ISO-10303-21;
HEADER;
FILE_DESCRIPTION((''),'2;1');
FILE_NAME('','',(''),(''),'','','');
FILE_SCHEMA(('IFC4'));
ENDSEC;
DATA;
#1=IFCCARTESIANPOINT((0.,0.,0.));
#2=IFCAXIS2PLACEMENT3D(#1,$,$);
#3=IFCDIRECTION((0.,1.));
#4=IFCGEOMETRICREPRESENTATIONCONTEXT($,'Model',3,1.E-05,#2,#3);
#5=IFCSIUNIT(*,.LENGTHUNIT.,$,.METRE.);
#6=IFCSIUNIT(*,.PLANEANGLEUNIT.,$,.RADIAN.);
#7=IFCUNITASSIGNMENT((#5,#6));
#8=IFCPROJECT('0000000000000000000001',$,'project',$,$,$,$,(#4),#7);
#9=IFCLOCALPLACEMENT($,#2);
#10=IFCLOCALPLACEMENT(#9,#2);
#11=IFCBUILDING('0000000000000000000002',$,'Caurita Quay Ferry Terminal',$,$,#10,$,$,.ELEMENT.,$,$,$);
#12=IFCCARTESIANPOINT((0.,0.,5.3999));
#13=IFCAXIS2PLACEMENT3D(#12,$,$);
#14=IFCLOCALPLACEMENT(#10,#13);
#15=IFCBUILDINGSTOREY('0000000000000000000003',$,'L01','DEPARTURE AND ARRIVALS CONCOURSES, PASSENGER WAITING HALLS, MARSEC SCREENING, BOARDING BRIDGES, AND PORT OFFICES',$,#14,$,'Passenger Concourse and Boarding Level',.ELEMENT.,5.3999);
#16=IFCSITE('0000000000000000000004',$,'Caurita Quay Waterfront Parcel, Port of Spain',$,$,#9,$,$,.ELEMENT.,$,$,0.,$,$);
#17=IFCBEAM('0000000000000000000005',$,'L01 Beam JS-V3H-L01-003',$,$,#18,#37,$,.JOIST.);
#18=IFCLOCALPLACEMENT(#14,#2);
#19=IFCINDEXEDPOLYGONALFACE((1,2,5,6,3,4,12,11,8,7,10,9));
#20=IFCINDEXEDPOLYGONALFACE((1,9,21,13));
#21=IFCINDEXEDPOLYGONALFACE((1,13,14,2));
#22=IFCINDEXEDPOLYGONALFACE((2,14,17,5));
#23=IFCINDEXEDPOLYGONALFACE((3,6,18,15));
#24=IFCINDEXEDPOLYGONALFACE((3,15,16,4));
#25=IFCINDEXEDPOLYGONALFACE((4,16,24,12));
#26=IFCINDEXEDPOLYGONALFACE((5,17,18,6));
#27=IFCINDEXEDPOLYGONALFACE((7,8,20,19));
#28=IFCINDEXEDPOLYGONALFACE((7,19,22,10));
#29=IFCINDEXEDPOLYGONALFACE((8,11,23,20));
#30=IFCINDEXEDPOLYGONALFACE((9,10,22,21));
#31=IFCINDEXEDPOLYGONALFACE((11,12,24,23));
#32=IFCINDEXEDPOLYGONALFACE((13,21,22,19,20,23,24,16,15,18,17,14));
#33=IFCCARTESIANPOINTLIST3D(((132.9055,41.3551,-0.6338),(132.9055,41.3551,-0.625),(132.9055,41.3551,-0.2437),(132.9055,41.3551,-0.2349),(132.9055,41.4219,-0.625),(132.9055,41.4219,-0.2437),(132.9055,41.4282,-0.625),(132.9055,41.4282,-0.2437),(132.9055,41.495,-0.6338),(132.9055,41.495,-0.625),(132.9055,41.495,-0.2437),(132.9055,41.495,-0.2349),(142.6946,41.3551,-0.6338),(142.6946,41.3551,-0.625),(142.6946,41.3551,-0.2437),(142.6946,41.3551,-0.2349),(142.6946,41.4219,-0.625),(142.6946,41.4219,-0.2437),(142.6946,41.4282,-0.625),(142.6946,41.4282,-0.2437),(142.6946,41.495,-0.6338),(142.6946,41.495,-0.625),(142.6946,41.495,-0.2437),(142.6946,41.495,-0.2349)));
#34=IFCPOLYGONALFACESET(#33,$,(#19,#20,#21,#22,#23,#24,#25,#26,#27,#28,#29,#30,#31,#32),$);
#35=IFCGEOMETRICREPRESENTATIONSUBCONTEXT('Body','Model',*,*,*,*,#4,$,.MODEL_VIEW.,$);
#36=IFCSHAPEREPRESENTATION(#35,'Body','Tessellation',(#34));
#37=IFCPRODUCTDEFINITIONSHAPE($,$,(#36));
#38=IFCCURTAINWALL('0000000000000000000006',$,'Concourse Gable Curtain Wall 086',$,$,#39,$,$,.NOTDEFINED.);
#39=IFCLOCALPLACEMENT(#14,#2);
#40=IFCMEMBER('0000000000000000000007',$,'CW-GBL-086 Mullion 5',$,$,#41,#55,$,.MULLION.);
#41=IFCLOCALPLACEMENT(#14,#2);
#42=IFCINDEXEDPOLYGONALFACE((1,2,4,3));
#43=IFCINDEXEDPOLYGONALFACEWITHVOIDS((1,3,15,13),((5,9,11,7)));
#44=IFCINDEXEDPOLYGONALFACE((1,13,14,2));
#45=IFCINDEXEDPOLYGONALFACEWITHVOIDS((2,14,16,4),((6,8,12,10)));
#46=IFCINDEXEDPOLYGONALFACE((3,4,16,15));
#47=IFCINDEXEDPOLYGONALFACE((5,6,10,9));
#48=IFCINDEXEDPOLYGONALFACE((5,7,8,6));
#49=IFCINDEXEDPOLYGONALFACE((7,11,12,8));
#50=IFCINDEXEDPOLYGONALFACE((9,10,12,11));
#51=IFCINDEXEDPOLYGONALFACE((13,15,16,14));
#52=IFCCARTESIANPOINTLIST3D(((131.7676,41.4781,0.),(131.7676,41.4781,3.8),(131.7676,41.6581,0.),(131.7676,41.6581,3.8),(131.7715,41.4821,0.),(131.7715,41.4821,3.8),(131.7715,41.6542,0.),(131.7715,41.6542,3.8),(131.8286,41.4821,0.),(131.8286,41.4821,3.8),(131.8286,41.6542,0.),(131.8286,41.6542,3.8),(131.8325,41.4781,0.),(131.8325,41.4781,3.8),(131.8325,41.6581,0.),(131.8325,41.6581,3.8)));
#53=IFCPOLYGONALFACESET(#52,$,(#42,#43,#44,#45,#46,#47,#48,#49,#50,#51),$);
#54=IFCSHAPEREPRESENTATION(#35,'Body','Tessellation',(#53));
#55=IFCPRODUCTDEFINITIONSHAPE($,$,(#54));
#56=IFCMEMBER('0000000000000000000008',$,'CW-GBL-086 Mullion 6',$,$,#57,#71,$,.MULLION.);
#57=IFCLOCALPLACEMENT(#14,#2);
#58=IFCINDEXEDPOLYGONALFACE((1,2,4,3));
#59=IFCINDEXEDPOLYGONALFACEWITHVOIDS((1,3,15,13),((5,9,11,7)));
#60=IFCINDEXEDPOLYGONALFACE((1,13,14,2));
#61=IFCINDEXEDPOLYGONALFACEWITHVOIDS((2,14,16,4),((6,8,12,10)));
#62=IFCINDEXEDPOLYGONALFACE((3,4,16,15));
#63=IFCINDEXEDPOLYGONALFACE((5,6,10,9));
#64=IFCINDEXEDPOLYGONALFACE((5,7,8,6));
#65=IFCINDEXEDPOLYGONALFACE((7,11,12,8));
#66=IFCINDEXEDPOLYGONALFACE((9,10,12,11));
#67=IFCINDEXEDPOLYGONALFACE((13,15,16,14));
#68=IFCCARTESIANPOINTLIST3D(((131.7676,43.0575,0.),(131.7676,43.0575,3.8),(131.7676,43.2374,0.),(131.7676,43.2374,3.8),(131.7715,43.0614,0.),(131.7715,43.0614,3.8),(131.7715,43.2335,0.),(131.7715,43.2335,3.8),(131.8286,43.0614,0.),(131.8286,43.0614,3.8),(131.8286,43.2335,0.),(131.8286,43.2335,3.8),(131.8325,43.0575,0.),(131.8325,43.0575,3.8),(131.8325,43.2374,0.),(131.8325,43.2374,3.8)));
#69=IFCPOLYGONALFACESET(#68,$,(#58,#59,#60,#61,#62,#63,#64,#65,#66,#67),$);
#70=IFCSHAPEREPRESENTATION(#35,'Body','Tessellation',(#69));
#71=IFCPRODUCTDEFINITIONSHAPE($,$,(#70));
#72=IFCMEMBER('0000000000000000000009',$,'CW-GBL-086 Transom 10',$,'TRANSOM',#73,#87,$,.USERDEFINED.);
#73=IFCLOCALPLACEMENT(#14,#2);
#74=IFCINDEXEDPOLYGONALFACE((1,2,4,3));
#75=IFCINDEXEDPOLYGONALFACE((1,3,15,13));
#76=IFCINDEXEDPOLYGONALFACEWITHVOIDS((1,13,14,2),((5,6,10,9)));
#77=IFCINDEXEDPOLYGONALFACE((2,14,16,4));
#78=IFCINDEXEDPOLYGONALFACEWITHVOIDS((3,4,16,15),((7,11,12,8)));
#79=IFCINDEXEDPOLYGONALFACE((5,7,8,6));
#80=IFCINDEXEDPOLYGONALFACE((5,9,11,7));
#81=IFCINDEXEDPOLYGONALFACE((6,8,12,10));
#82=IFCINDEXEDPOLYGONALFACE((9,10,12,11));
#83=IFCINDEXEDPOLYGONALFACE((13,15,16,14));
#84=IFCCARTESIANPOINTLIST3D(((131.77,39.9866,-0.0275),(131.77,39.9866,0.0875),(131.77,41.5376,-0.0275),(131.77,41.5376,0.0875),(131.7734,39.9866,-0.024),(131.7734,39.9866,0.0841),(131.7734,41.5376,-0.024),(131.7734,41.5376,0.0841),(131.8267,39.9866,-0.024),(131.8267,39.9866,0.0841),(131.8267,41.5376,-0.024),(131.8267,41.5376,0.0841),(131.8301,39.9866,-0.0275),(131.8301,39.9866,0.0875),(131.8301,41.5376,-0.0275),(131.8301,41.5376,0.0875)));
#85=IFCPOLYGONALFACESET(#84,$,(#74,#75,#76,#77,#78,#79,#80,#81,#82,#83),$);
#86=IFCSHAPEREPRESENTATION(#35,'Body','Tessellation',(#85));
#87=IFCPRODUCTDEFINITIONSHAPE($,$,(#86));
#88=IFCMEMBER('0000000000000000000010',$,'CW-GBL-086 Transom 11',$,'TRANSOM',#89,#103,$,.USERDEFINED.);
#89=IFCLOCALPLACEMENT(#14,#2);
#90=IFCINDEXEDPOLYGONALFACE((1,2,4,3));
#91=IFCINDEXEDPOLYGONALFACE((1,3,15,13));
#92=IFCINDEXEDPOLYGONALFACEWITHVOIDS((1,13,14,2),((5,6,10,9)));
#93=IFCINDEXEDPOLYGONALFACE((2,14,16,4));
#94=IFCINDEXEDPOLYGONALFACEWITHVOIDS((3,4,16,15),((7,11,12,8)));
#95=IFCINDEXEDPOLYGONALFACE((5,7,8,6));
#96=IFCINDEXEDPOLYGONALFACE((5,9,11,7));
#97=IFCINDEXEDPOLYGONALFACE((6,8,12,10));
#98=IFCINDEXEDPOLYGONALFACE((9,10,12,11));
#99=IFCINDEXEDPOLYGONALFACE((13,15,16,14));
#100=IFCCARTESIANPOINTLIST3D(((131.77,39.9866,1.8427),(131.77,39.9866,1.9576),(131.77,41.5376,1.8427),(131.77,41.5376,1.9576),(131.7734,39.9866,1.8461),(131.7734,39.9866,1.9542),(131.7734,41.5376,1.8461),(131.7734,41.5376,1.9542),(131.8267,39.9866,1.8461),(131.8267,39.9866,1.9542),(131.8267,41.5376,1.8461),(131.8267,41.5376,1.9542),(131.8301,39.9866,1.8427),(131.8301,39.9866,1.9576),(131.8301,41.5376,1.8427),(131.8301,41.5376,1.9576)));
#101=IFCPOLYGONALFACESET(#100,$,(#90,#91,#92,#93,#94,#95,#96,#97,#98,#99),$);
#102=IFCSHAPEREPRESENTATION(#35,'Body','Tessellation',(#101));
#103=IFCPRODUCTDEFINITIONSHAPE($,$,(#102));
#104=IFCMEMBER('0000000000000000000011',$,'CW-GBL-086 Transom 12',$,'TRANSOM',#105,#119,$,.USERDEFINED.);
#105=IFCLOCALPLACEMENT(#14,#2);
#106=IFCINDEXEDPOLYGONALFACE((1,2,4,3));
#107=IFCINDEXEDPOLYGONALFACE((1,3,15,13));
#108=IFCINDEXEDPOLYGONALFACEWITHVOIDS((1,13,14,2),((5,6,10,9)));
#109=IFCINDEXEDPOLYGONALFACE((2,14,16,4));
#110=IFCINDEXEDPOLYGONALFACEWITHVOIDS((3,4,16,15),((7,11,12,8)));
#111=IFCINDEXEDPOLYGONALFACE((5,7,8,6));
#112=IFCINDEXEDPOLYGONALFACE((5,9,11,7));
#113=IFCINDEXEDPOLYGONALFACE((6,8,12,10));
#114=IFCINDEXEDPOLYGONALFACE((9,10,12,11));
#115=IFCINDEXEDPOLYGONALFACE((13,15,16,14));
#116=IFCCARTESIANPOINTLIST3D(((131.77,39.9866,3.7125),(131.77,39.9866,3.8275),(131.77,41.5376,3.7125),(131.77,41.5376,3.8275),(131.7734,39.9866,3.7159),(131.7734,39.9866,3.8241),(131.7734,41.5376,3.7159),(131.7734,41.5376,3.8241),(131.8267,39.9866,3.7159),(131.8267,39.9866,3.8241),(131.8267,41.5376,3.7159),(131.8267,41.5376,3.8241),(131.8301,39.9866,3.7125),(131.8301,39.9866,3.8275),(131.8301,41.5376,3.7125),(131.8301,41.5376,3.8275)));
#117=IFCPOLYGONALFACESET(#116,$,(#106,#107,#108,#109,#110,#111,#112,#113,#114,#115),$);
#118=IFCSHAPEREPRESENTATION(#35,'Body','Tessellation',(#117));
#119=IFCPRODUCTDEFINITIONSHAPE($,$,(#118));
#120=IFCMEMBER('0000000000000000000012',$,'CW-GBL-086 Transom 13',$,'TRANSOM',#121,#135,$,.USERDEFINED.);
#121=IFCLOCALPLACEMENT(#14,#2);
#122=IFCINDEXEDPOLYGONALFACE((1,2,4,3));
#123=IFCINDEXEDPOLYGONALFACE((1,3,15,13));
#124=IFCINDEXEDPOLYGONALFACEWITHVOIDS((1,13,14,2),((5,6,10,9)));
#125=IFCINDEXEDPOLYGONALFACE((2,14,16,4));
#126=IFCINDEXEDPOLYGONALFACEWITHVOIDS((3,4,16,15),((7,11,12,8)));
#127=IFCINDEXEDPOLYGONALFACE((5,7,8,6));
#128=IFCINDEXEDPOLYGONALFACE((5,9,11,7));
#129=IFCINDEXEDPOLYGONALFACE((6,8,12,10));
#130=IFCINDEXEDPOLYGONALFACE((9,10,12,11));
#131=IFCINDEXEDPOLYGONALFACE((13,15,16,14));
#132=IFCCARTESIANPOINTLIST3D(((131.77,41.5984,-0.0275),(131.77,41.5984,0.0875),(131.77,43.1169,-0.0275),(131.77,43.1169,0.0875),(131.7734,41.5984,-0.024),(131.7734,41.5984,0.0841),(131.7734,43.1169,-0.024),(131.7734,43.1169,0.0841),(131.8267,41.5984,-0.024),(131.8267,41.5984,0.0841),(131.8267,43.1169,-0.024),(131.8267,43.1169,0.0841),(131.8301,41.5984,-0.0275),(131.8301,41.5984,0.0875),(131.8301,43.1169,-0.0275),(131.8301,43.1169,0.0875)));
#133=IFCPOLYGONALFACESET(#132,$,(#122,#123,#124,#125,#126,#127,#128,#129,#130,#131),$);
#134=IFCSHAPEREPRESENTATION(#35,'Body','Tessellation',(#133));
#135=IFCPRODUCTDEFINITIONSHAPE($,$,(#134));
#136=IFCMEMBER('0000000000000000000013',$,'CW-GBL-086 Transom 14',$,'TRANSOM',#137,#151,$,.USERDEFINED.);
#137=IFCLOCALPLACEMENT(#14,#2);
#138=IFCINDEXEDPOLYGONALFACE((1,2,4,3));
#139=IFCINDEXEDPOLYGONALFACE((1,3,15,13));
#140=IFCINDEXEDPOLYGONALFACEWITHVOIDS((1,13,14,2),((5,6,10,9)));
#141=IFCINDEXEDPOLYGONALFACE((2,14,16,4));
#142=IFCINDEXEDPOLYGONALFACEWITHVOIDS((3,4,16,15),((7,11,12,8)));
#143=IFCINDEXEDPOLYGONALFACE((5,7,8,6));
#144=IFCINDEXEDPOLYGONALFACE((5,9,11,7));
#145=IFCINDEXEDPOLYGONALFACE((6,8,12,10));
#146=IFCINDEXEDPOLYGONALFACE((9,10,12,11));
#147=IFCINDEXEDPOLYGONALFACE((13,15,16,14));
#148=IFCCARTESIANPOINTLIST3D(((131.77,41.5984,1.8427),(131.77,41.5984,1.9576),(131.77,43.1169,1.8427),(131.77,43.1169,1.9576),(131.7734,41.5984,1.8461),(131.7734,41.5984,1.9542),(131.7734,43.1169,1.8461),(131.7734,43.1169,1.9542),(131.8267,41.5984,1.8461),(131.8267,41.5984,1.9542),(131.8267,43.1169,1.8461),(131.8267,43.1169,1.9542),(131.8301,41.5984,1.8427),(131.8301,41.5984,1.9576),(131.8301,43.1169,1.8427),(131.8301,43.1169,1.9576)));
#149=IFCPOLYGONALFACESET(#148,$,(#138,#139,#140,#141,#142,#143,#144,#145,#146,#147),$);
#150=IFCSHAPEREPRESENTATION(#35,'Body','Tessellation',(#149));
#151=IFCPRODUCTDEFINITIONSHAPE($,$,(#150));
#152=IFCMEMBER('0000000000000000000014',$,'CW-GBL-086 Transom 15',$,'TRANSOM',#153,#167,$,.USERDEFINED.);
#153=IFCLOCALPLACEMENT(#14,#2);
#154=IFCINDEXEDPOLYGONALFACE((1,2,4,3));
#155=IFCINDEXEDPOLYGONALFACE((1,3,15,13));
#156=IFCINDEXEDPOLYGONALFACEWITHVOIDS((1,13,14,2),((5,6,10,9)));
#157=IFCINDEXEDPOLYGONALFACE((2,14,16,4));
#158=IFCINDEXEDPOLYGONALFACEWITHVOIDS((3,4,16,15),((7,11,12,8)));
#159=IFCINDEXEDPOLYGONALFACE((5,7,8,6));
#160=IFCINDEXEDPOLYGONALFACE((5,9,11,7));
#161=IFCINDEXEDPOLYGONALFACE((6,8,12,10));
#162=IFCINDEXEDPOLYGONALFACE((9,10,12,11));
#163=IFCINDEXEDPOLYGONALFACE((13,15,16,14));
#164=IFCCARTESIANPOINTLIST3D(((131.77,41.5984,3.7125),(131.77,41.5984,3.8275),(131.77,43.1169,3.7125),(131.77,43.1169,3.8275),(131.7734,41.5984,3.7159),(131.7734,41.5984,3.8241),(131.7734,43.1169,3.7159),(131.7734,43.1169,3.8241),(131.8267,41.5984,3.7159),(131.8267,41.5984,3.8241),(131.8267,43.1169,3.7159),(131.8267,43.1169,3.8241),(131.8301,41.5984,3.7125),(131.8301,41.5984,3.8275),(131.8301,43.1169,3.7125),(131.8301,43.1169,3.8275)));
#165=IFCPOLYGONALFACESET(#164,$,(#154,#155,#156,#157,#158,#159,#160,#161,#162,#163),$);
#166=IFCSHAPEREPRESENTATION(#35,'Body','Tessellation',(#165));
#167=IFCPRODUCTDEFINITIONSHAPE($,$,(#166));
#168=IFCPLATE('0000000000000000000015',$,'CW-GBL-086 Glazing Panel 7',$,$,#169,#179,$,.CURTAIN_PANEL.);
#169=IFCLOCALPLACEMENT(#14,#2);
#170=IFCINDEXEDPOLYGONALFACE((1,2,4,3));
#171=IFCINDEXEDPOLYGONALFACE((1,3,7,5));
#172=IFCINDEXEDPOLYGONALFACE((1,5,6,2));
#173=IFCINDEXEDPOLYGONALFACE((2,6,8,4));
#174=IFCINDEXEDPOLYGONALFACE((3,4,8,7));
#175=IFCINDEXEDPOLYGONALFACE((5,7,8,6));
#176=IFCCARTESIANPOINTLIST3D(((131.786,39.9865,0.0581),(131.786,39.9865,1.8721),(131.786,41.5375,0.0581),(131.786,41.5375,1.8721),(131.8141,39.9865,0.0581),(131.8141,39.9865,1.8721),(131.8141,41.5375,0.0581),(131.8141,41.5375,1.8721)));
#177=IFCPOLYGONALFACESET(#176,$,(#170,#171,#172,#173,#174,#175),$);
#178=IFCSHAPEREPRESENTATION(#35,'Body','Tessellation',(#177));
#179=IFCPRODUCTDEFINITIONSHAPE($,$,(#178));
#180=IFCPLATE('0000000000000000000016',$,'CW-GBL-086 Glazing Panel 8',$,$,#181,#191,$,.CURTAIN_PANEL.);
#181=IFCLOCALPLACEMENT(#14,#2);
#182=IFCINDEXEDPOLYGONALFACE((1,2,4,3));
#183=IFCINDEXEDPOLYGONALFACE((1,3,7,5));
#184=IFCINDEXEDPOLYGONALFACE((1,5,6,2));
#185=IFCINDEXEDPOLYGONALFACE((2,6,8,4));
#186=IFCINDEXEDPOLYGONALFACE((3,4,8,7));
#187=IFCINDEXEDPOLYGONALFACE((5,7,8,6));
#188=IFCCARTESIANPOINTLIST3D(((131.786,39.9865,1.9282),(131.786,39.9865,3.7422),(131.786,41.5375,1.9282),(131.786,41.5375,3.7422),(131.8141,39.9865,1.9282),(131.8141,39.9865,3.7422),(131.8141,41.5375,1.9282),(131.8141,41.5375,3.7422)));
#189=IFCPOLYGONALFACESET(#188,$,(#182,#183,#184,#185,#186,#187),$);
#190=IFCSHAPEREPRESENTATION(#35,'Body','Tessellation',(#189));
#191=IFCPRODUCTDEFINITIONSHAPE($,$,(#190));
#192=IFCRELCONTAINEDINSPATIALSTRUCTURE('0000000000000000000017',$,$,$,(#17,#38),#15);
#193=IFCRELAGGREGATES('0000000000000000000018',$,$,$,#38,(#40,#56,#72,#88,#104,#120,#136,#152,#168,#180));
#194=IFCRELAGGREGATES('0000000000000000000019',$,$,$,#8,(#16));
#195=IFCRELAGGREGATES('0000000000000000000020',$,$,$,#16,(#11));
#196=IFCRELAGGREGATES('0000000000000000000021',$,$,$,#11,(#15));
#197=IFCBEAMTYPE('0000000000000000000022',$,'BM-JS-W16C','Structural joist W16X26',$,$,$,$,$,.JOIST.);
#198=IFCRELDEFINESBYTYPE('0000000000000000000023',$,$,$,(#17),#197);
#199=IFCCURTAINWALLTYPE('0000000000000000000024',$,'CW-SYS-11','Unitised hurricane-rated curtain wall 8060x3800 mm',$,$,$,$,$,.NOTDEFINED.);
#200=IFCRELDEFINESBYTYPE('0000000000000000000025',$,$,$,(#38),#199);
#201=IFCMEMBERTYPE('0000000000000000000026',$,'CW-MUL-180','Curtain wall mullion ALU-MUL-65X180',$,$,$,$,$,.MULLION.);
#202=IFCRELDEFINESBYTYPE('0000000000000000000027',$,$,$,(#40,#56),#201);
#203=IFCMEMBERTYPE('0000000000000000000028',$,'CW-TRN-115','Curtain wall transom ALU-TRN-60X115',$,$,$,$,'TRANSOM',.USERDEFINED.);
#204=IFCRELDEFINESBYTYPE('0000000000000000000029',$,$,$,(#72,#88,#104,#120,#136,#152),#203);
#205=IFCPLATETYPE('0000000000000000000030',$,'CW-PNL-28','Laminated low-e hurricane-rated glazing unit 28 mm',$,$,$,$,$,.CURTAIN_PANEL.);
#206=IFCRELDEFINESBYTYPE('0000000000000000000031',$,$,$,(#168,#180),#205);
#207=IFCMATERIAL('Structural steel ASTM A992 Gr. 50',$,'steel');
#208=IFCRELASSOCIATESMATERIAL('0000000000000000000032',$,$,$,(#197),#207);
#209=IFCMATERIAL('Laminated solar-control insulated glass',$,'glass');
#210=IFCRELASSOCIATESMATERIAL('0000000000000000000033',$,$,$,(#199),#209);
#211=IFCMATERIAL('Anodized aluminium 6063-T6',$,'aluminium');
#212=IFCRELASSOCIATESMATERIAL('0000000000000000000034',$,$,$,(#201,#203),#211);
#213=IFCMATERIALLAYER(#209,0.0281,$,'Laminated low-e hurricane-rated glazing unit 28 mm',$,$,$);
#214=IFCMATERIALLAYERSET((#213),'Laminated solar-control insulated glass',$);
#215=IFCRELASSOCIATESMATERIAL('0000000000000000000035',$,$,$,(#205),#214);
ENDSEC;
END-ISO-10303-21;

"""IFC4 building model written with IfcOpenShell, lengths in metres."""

from ifc_helpers import new_model, si_unit, direction, frame, origin, origin_2d, place, context, subcontext, project, spatial, rectangle, hollow_rectangle, i_section, extrude, material, layer, layer_set, material_profile, profile_set, type_object, element, aggregate, save


model = new_model("IFC4")

# Units and contexts
model_context = context("Model", 3, precision=1e-05, world=origin(), true_north=direction((0.0, 1.0)))
body_context = subcontext(model_context, "Body", "Model", "MODEL_VIEW")
ifc_project = project(units=[si_unit("LENGTHUNIT", "METRE"), si_unit("PLANEANGLEUNIT", "RADIAN")], contexts=[model_context])

# Site, building, storey
site_placement = place(None, origin())
site = spatial("IfcSite", under=ifc_project, at=site_placement, Name="Caurita Quay Waterfront Parcel, Port of Spain", CompositionType="ELEMENT", RefElevation=0.0)
building_placement = place(site_placement, origin())
building = spatial("IfcBuilding", under=site, at=building_placement, Name="Caurita Quay Ferry Terminal", CompositionType="ELEMENT")
storey_placement = place(building_placement, frame((0.0, 0.0, 5.3999)))
storey = spatial("IfcBuildingStorey", under=building, at=storey_placement, Name="L01", Description="DEPARTURE AND ARRIVALS CONCOURSES, PASSENGER WAITING HALLS, MARSEC SCREENING, BOARDING BRIDGES, AND PORT OFFICES", LongName="Passenger Concourse and Boarding Level", CompositionType="ELEMENT", Elevation=5.3999)

# Shared definitions
ifc_material_1 = material(Name="Structural steel ASTM A992 Gr. 50", Category="steel")

# Beam
ifc_material_profile_1 = material_profile(ifc_material_1, i_section(OverallWidth=0.1399, OverallDepth=0.3989, WebThickness=0.0063, FlangeThickness=0.0088, at=origin_2d()), Name="W16X26")
ifc_profile_set_1 = profile_set([ifc_material_profile_1], Name="Structural steel ASTM A992 Gr. 50")
beam_type_1 = type_object("IfcBeamType", Name="BM-JS-W16C", Description="Structural joist W16X26", PredefinedType="JOIST", material=ifc_profile_set_1)
for number, where, z_axis, x_axis, name in (
    (1, (132.9055, 41.425, -0.4343), (1.0, 0.0, 0.0), (0.0, 1.0, 0.0), "L01 Beam JS-V3H-L01-003"),
):
    element("IfcBeam", number, at=place(storey_placement, frame(where, z_axis=z_axis, x_axis=x_axis)), inside=storey, type_object=beam_type_1, Name=name, PredefinedType="JOIST", context=body_context, shape_type="SweptSolid", body=[
        extrude(i_section(OverallWidth=0.1399, OverallDepth=0.3989, WebThickness=0.0063, FlangeThickness=0.0088, at=origin_2d()), origin(), (0.0, 0.0, 1.0), 9.7891),
    ])

# Curtain wall, members, plates
ifc_material_2 = material(Name="Laminated solar-control insulated glass", Category="glass")
curtain_wall_type = type_object("IfcCurtainWallType", Name="CW-SYS-11", Description="Unitised hurricane-rated curtain wall 8060x3800 mm", PredefinedType="NOTDEFINED", material=ifc_material_2)
curtain_wall_placement = place(storey_placement, origin())
curtain_wall = element("IfcCurtainWall", 2, at=curtain_wall_placement, inside=storey, type_object=curtain_wall_type, Name="Concourse Gable Curtain Wall 086", PredefinedType="NOTDEFINED")
ifc_material_3 = material(Name="Anodized aluminium 6063-T6", Category="aluminium")
ifc_material_profile_2 = material_profile(ifc_material_3, hollow_rectangle(XDim=0.0649, YDim=0.1799, WallThickness=0.0039, at=origin_2d()), Name="ALU-MUL-65X180")
ifc_profile_set_2 = profile_set([ifc_material_profile_2], Name="Anodized aluminium 6063-T6")
member_type_1 = type_object("IfcMemberType", Name="CW-MUL-180", Description="Curtain wall mullion ALU-MUL-65X180", PredefinedType="MULLION", material=ifc_profile_set_2)
member_1_placement = place(storey_placement, frame((131.8, 41.5681, 0.0), z_axis=(0.0, 0.0, 1.0), x_axis=(-1.0, 0.0, 0.0)))
member_1 = element("IfcMember", 3, at=member_1_placement, type_object=member_type_1, Name="CW-GBL-086 Mullion 5", PredefinedType="MULLION", context=body_context, shape_type="SweptSolid", body=[
    extrude(hollow_rectangle(XDim=0.0649, YDim=0.1799, WallThickness=0.0039, at=origin_2d()), origin(), (0.0, 0.0, 1.0), 3.8),
])
member_2_placement = place(storey_placement, frame((131.8, 43.1475, 0.0), z_axis=(0.0, 0.0, 1.0), x_axis=(-1.0, 0.0, 0.0)))
member_2 = element("IfcMember", 4, at=member_2_placement, type_object=member_type_1, Name="CW-GBL-086 Mullion 6", PredefinedType="MULLION", context=body_context, shape_type="SweptSolid", body=[
    extrude(hollow_rectangle(XDim=0.0649, YDim=0.1799, WallThickness=0.0039, at=origin_2d()), origin(), (0.0, 0.0, 1.0), 3.8),
])
ifc_material_profile_3 = material_profile(ifc_material_3, hollow_rectangle(XDim=0.0601, YDim=0.115, WallThickness=0.0034, at=origin_2d()), Name="ALU-TRN-60X115")
ifc_profile_set_3 = profile_set([ifc_material_profile_3], Name="Anodized aluminium 6063-T6")
member_type_2 = type_object("IfcMemberType", Name="CW-TRN-115", Description="Curtain wall transom ALU-TRN-60X115", ElementType="TRANSOM", PredefinedType="USERDEFINED", material=ifc_profile_set_3)
member_3_placement = place(storey_placement, frame((131.8, 39.9866, 0.03), z_axis=(0.0, 1.0, 0.0), x_axis=(-1.0, 0.0, 0.0)))
member_3 = element("IfcMember", 5, at=member_3_placement, type_object=member_type_2, Name="CW-GBL-086 Transom 10", ObjectType="TRANSOM", PredefinedType="USERDEFINED", context=body_context, shape_type="SweptSolid", body=[
    extrude(hollow_rectangle(XDim=0.0601, YDim=0.115, WallThickness=0.0034, at=origin_2d()), origin(), (0.0, 0.0, 1.0), 1.551),
])
member_4_placement = place(storey_placement, frame((131.8, 39.9866, 1.9001), z_axis=(0.0, 1.0, 0.0), x_axis=(-1.0, 0.0, 0.0)))
member_4 = element("IfcMember", 6, at=member_4_placement, type_object=member_type_2, Name="CW-GBL-086 Transom 11", ObjectType="TRANSOM", PredefinedType="USERDEFINED", context=body_context, shape_type="SweptSolid", body=[
    extrude(hollow_rectangle(XDim=0.0601, YDim=0.115, WallThickness=0.0034, at=origin_2d()), origin(), (0.0, 0.0, 1.0), 1.551),
])
member_5_placement = place(storey_placement, frame((131.8, 39.9866, 3.77), z_axis=(0.0, 1.0, 0.0), x_axis=(-1.0, 0.0, 0.0)))
member_5 = element("IfcMember", 7, at=member_5_placement, type_object=member_type_2, Name="CW-GBL-086 Transom 12", ObjectType="TRANSOM", PredefinedType="USERDEFINED", context=body_context, shape_type="SweptSolid", body=[
    extrude(hollow_rectangle(XDim=0.0601, YDim=0.115, WallThickness=0.0034, at=origin_2d()), origin(), (0.0, 0.0, 1.0), 1.551),
])
member_6_placement = place(storey_placement, frame((131.8, 41.5984, 0.03), z_axis=(0.0, 1.0, 0.0), x_axis=(-1.0, 0.0, 0.0)))
member_6 = element("IfcMember", 8, at=member_6_placement, type_object=member_type_2, Name="CW-GBL-086 Transom 13", ObjectType="TRANSOM", PredefinedType="USERDEFINED", context=body_context, shape_type="SweptSolid", body=[
    extrude(hollow_rectangle(XDim=0.0601, YDim=0.115, WallThickness=0.0034, at=origin_2d()), origin(), (0.0, 0.0, 1.0), 1.5186),
])
member_7_placement = place(storey_placement, frame((131.8, 41.5984, 1.9001), z_axis=(0.0, 1.0, 0.0), x_axis=(-1.0, 0.0, 0.0)))
member_7 = element("IfcMember", 9, at=member_7_placement, type_object=member_type_2, Name="CW-GBL-086 Transom 14", ObjectType="TRANSOM", PredefinedType="USERDEFINED", context=body_context, shape_type="SweptSolid", body=[
    extrude(hollow_rectangle(XDim=0.0601, YDim=0.115, WallThickness=0.0034, at=origin_2d()), origin(), (0.0, 0.0, 1.0), 1.5186),
])
member_8_placement = place(storey_placement, frame((131.8, 41.5984, 3.77), z_axis=(0.0, 1.0, 0.0), x_axis=(-1.0, 0.0, 0.0)))
member_8 = element("IfcMember", 10, at=member_8_placement, type_object=member_type_2, Name="CW-GBL-086 Transom 15", ObjectType="TRANSOM", PredefinedType="USERDEFINED", context=body_context, shape_type="SweptSolid", body=[
    extrude(hollow_rectangle(XDim=0.0601, YDim=0.115, WallThickness=0.0034, at=origin_2d()), origin(), (0.0, 0.0, 1.0), 1.5186),
])
ifc_layer_1 = layer(ifc_material_2, 0.0281, Name="Laminated low-e hurricane-rated glazing unit 28 mm")
ifc_layer_set_1 = layer_set([ifc_layer_1], Name="Laminated solar-control insulated glass")
plate_type = type_object("IfcPlateType", Name="CW-PNL-28", Description="Laminated low-e hurricane-rated glazing unit 28 mm", PredefinedType="CURTAIN_PANEL", material=ifc_layer_set_1)
plate_1_placement = place(storey_placement, frame((131.8, 40.762, 0.0581), z_axis=(0.0, 0.0, 1.0), x_axis=(0.0, 1.0, 0.0)))
plate_1 = element("IfcPlate", 11, at=plate_1_placement, type_object=plate_type, Name="CW-GBL-086 Glazing Panel 7", PredefinedType="CURTAIN_PANEL", context=body_context, shape_type="SweptSolid", body=[
    extrude(rectangle(XDim=1.551, YDim=0.0281, at=origin_2d()), origin(), (0.0, 0.0, 1.0), 1.814),
])
plate_2_placement = place(storey_placement, frame((131.8, 40.762, 1.9282), z_axis=(0.0, 0.0, 1.0), x_axis=(0.0, 1.0, 0.0)))
plate_2 = element("IfcPlate", 12, at=plate_2_placement, type_object=plate_type, Name="CW-GBL-086 Glazing Panel 8", PredefinedType="CURTAIN_PANEL", context=body_context, shape_type="SweptSolid", body=[
    extrude(rectangle(XDim=1.551, YDim=0.0281, at=origin_2d()), origin(), (0.0, 0.0, 1.0), 1.814),
])
aggregate(curtain_wall, [member_1, member_2, member_3, member_4, member_5, member_6, member_7, member_8, plate_1, plate_2])

save(model, "model.ifc")
